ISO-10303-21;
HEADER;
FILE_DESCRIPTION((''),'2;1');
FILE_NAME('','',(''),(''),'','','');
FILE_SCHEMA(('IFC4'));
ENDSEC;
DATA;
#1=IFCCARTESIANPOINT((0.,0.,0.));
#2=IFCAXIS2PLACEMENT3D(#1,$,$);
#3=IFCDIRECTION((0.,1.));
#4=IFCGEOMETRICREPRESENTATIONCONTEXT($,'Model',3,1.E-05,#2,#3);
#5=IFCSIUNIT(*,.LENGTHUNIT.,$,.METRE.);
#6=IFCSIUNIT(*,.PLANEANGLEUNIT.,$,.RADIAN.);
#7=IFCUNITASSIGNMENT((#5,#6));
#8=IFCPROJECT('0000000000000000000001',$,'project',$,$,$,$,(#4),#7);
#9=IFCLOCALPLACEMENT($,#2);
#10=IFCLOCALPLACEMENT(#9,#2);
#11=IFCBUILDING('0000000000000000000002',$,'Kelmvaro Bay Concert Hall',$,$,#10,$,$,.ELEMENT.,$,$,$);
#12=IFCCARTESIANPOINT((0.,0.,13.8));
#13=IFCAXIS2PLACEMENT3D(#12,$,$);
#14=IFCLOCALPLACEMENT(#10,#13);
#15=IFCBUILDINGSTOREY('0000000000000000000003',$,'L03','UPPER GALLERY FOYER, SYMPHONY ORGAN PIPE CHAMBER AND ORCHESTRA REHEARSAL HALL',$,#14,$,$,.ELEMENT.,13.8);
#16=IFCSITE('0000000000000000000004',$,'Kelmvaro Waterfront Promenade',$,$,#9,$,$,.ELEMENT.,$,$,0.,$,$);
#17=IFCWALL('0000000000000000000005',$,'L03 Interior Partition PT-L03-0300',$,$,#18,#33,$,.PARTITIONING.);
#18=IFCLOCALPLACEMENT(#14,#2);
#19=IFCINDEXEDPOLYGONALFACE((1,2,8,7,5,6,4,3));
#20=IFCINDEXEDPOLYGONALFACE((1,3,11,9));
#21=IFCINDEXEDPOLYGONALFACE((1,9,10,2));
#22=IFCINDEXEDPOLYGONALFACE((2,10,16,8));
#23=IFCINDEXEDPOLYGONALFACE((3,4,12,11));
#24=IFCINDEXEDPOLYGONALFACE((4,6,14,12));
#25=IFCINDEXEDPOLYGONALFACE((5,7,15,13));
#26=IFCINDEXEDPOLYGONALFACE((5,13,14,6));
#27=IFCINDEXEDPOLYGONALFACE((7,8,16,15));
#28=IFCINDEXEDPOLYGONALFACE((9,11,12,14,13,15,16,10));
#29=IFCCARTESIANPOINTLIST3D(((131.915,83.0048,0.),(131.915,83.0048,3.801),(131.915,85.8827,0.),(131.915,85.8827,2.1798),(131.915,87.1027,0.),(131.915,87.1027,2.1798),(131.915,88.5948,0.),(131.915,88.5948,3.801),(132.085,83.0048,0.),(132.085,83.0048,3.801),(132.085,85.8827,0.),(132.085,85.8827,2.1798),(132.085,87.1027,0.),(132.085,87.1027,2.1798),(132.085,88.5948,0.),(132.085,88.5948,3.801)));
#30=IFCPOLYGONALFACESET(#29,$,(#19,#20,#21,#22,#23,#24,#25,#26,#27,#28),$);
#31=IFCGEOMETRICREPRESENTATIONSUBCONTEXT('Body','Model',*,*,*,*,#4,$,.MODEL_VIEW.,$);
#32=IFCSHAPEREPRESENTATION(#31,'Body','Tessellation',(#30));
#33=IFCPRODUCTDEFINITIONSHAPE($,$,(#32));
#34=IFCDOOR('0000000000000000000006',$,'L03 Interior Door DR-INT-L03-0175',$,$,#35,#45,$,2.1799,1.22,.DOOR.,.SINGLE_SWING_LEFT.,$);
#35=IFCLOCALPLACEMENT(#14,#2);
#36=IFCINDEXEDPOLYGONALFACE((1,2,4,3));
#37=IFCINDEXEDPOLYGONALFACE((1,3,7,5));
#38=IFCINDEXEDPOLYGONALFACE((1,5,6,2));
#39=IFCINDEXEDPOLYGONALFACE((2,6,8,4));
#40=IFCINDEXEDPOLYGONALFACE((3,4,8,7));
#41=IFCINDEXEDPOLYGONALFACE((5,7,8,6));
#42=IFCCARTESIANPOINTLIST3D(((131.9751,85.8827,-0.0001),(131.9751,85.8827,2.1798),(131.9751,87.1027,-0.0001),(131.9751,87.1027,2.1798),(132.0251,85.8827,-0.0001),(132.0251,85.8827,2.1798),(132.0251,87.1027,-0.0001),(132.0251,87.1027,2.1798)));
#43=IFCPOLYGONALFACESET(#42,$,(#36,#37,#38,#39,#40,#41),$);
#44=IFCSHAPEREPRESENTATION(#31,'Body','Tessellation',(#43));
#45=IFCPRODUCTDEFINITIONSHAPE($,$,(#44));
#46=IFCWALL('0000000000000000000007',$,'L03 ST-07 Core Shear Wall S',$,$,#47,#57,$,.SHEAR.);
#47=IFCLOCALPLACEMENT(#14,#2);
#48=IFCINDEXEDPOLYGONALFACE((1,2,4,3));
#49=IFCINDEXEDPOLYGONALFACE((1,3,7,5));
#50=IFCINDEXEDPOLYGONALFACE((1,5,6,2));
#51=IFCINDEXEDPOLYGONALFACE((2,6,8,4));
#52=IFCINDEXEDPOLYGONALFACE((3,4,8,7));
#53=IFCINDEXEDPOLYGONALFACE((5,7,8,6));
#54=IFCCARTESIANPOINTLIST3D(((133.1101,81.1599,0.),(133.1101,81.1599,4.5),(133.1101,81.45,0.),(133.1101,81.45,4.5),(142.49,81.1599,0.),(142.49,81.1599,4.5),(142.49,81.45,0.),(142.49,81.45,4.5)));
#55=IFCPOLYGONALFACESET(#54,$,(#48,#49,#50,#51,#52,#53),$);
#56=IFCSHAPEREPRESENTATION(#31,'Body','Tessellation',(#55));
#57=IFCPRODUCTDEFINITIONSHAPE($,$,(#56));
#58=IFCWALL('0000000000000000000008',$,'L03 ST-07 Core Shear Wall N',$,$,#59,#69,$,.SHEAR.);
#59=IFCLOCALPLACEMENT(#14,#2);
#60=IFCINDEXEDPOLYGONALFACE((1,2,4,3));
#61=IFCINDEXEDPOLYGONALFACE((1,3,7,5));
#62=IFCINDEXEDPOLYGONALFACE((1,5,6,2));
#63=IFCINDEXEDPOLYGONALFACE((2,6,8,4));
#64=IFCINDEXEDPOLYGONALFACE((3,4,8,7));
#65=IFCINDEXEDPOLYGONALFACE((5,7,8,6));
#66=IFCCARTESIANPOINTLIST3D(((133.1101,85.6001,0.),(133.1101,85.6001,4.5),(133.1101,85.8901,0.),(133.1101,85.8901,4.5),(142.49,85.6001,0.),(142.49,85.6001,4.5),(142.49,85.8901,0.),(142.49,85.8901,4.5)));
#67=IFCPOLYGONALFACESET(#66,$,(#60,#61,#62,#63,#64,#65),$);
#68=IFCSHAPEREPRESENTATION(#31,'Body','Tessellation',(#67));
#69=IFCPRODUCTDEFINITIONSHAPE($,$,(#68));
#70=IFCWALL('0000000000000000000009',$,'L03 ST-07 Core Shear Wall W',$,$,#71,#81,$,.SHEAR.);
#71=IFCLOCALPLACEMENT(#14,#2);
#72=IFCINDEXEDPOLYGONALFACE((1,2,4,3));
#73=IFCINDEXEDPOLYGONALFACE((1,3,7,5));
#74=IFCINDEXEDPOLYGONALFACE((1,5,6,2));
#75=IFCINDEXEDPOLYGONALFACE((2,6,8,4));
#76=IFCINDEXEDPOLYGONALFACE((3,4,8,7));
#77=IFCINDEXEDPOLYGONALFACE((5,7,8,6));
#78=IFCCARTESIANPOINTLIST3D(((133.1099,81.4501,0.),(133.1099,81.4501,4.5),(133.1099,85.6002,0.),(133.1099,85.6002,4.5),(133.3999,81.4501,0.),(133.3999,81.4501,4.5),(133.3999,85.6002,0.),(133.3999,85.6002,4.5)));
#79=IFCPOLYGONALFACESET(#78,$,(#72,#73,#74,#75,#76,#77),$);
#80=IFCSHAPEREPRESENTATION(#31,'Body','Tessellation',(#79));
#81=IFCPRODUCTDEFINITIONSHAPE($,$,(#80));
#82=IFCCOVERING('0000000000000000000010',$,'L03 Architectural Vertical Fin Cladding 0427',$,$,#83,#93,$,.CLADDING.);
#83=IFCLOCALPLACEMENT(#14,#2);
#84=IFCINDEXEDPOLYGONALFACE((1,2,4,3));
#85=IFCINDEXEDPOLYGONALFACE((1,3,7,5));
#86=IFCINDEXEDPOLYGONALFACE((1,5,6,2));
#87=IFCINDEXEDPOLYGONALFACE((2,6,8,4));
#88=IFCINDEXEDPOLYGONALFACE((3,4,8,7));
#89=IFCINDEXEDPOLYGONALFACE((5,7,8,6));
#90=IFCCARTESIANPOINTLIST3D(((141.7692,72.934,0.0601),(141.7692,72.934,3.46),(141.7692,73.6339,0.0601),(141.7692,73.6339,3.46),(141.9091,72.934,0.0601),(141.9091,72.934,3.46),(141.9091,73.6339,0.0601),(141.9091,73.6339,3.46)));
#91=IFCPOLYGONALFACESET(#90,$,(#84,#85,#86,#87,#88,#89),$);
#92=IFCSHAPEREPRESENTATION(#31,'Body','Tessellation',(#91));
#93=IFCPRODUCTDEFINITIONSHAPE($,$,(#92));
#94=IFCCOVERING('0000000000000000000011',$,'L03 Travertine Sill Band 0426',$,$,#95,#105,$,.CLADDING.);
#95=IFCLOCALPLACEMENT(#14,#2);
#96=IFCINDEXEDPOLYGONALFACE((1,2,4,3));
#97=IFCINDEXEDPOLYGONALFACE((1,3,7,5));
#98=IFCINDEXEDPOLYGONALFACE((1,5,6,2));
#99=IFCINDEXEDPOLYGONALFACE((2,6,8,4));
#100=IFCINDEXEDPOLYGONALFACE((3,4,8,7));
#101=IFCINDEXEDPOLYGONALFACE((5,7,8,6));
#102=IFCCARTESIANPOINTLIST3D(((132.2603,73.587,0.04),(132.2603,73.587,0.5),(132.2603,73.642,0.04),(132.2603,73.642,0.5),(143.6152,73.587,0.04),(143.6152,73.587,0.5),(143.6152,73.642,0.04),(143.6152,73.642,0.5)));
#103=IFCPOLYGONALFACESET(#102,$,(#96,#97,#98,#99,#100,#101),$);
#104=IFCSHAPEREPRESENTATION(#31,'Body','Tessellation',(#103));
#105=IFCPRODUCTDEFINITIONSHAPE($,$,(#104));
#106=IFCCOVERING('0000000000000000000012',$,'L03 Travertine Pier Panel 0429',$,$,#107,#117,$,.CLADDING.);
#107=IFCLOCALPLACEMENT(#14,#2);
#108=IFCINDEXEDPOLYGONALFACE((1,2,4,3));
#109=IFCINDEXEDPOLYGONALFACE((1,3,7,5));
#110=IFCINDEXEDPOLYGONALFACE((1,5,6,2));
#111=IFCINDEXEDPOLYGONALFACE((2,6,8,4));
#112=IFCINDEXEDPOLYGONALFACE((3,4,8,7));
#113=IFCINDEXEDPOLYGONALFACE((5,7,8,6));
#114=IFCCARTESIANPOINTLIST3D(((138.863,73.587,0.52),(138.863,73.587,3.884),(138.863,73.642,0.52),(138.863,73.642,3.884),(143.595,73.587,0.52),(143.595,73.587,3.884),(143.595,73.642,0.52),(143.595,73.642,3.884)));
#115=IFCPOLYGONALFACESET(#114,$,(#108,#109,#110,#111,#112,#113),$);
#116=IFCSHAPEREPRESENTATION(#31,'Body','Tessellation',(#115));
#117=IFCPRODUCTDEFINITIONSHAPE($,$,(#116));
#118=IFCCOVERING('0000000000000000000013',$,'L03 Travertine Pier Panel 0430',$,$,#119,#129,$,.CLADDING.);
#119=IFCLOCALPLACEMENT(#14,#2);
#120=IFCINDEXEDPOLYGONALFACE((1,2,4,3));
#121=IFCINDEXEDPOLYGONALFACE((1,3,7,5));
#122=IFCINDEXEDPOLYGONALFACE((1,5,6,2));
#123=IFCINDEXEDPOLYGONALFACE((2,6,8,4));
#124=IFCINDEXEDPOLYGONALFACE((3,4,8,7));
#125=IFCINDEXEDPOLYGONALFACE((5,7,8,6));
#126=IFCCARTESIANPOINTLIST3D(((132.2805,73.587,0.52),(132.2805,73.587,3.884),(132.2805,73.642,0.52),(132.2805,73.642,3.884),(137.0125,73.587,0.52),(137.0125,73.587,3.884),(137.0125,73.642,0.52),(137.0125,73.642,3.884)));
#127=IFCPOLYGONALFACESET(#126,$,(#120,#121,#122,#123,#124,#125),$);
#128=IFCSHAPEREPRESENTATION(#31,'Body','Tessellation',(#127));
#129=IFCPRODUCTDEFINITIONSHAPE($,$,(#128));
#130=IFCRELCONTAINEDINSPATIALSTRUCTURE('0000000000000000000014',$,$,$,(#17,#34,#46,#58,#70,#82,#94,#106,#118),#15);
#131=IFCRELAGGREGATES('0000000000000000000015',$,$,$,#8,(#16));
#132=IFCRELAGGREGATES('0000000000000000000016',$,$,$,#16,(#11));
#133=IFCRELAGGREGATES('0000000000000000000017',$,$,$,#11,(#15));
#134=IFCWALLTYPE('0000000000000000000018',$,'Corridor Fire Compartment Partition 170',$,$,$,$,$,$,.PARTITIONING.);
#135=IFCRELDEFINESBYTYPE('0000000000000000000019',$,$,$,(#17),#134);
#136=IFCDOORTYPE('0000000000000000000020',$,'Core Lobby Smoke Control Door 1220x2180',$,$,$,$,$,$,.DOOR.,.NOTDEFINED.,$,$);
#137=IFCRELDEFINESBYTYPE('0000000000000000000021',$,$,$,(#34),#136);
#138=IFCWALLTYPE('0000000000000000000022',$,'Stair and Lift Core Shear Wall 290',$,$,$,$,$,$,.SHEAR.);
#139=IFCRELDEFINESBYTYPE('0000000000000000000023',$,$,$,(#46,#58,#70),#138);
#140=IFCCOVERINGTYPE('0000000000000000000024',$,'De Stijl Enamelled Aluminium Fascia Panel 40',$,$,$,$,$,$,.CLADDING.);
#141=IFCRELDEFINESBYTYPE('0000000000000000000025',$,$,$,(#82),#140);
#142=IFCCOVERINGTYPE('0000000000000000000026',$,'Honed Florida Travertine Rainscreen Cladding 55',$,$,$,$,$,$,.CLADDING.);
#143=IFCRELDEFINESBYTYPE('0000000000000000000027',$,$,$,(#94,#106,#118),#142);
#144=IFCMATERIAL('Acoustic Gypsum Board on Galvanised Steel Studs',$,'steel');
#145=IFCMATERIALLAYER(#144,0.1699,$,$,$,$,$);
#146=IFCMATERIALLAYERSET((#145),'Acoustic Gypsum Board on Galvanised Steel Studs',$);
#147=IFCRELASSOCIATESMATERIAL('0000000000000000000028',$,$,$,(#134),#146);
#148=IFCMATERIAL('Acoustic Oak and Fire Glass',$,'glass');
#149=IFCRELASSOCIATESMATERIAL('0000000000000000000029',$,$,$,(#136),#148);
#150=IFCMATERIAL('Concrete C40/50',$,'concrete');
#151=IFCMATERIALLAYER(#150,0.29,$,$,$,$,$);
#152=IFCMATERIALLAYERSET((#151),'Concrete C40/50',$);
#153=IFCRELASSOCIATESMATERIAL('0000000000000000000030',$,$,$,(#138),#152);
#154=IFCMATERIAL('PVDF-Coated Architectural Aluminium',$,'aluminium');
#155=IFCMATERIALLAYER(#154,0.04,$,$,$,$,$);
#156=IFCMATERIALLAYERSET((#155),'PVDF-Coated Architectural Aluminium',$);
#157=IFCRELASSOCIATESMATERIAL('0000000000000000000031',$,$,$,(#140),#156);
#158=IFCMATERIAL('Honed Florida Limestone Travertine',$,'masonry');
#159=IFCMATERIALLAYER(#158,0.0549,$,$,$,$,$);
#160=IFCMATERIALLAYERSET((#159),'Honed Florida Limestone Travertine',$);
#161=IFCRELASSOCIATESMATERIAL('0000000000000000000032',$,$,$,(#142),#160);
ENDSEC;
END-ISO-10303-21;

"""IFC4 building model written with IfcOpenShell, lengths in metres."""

from ifc_helpers import new_model, si_unit, direction, frame, frame_2d, origin, origin_2d, place, context, subcontext, project, spatial, rectangle, extrude, material, layer, layer_set, type_object, element, fill, save


model = new_model("IFC4")

# Units and contexts
model_context = context("Model", 3, precision=1e-05, world=origin(), true_north=direction((0.0, 1.0)))
body_context = subcontext(model_context, "Body", "Model", "MODEL_VIEW")
ifc_project = project(units=[si_unit("LENGTHUNIT", "METRE"), si_unit("PLANEANGLEUNIT", "RADIAN")], contexts=[model_context])

# Site, building, storey
site_placement = place(None, origin())
site = spatial("IfcSite", under=ifc_project, at=site_placement, Name="Kelmvaro Waterfront Promenade", CompositionType="ELEMENT", RefElevation=0.0)
building_placement = place(site_placement, origin())
building = spatial("IfcBuilding", under=site, at=building_placement, Name="Kelmvaro Bay Concert Hall", CompositionType="ELEMENT")
storey_placement = place(building_placement, frame((0.0, 0.0, 13.8)))
storey = spatial("IfcBuildingStorey", under=building, at=storey_placement, Name="L03", Description="UPPER GALLERY FOYER, SYMPHONY ORGAN PIPE CHAMBER AND ORCHESTRA REHEARSAL HALL", CompositionType="ELEMENT", Elevation=13.8)

# Shared definitions
ifc_material_1 = material(Name="Acoustic Gypsum Board on Galvanised Steel Studs", Category="steel")
ifc_layer_1 = layer(ifc_material_1, 0.1699)
ifc_layer_set_1 = layer_set([ifc_layer_1], Name="Acoustic Gypsum Board on Galvanised Steel Studs")
wall_type_1 = type_object("IfcWallType", Name="Corridor Fire Compartment Partition 170", PredefinedType="PARTITIONING", material=ifc_layer_set_1)

# Wall, opening, door
wall_1_placement = place(storey_placement, frame((132.0, 83.0049, 0.0), z_axis=(0.0, 0.0, 1.0), x_axis=(0.0, 1.0, 0.0)))
wall_1 = element("IfcWall", 1, at=wall_1_placement, inside=storey, type_object=wall_type_1, Name="L03 Interior Partition PT-L03-0300", PredefinedType="PARTITIONING", context=body_context, shape_type="SweptSolid", body=[
    extrude(rectangle(XDim=5.5901, YDim=0.1699, at=frame_2d((2.7949, 0.0))), origin(), (0.0, 0.0, 1.0), 3.801),
])
opening_placement = place(wall_1_placement, frame((2.8779, 0.0, 0.0)))
opening = element("IfcOpeningElement", 2, at=opening_placement, cuts=wall_1, PredefinedType="OPENING", context=body_context, shape_type="SweptSolid", body=[
    extrude(rectangle(XDim=1.22, YDim=2.1799, at=frame_2d((0.6099, 1.0898))), frame((0.0, 0.095, 0.0), z_axis=(0.0, -1.0, 0.0), x_axis=(1.0, 0.0, 0.0)), (0.0, 0.0, 1.0), 0.1899),
])
ifc_material_2 = material(Name="Acoustic Oak and Fire Glass", Category="glass")
door_type = type_object("IfcDoorType", Name="Core Lobby Smoke Control Door 1220x2180", OperationType="NOTDEFINED", PredefinedType="DOOR", material=ifc_material_2)
door_placement = place(opening_placement, origin())
door = element("IfcDoor", 3, at=door_placement, inside=storey, type_object=door_type, Name="L03 Interior Door DR-INT-L03-0175", OperationType="SINGLE_SWING_LEFT", OverallHeight=2.1799, OverallWidth=1.22, PredefinedType="DOOR", context=body_context, shape_type="SweptSolid", body=[
    extrude(rectangle(XDim=1.22, YDim=2.1799, at=frame_2d((0.6099, 1.0898))), frame((0.0, 0.0249, 0.0), z_axis=(0.0, -1.0, 0.0), x_axis=(1.0, 0.0, 0.0)), (0.0, 0.0, 1.0), 0.05),
])
fill(opening, door)

# Walls
ifc_material_3 = material(Name="Concrete C40/50", Category="concrete")
ifc_layer_2 = layer(ifc_material_3, 0.29)
ifc_layer_set_2 = layer_set([ifc_layer_2], Name="Concrete C40/50")
wall_type_2 = type_object("IfcWallType", Name="Stair and Lift Core Shear Wall 290", PredefinedType="SHEAR", material=ifc_layer_set_2)
for number, where, z_axis, x_axis, name in (
    (4, (133.1101, 81.3049, 0.0), (0.0, 0.0, 1.0), (1.0, 0.0, 0.0), "L03 ST-07 Core Shear Wall S"),
    (5, (133.1101, 85.7451, 0.0), (0.0, 0.0, 1.0), (1.0, 0.0, 0.0), "L03 ST-07 Core Shear Wall N"),
):
    element("IfcWall", number, at=place(storey_placement, frame(where, z_axis=z_axis, x_axis=x_axis)), inside=storey, type_object=wall_type_2, Name=name, PredefinedType="SHEAR", context=body_context, shape_type="SweptSolid", body=[
        extrude(rectangle(XDim=9.3799, YDim=0.29, at=frame_2d((4.6899, 0.0))), origin(), (0.0, 0.0, 1.0), 4.5),
    ])
wall_2_placement = place(storey_placement, frame((133.2549, 81.45, 0.0), z_axis=(0.0, 0.0, 1.0), x_axis=(0.0, 1.0, 0.0)))
element("IfcWall", 6, at=wall_2_placement, inside=storey, type_object=wall_type_2, Name="L03 ST-07 Core Shear Wall W", PredefinedType="SHEAR", context=body_context, shape_type="SweptSolid", body=[
    extrude(rectangle(XDim=4.1501, YDim=0.29, at=frame_2d((2.0752, 0.0))), origin(), (0.0, 0.0, 1.0), 4.5),
])

# Coverings
ifc_material_4 = material(Name="PVDF-Coated Architectural Aluminium", Category="aluminium")
ifc_layer_3 = layer(ifc_material_4, 0.04)
ifc_layer_set_3 = layer_set([ifc_layer_3], Name="PVDF-Coated Architectural Aluminium")
covering_type_1 = type_object("IfcCoveringType", Name="De Stijl Enamelled Aluminium Fascia Panel 40", PredefinedType="CLADDING", material=ifc_layer_set_3)
covering_1_placement = place(storey_placement, frame((141.8391, 73.2839, 0.0601), z_axis=(0.0, 0.0, 1.0), x_axis=(-1.0, 0.0, 0.0)))
element("IfcCovering", 7, at=covering_1_placement, inside=storey, type_object=covering_type_1, Name="L03 Architectural Vertical Fin Cladding 0427", PredefinedType="CLADDING", context=body_context, shape_type="SweptSolid", body=[
    extrude(rectangle(XDim=0.1399, YDim=0.7, at=origin_2d()), origin(), (0.0, 0.0, 1.0), 3.3999),
])
ifc_material_5 = material(Name="Honed Florida Limestone Travertine", Category="masonry")
ifc_layer_4 = layer(ifc_material_5, 0.0549)
ifc_layer_set_4 = layer_set([ifc_layer_4], Name="Honed Florida Limestone Travertine")
covering_type_2 = type_object("IfcCoveringType", Name="Honed Florida Travertine Rainscreen Cladding 55", PredefinedType="CLADDING", material=ifc_layer_set_4)
covering_2_placement = place(storey_placement, frame((137.9377, 73.6145, 0.04), z_axis=(0.0, 0.0, 1.0), x_axis=(-1.0, 0.0, 0.0)))
element("IfcCovering", 8, at=covering_2_placement, inside=storey, type_object=covering_type_2, Name="L03 Travertine Sill Band 0426", PredefinedType="CLADDING", context=body_context, shape_type="SweptSolid", body=[
    extrude(rectangle(XDim=11.355, YDim=0.0549, at=origin_2d()), origin(), (0.0, 0.0, 1.0), 0.46),
])
for number, where, z_axis, x_axis, name in (
    (9, (141.229, 73.6145, 0.52), (0.0, 0.0, 1.0), (-1.0, 0.0, 0.0), "L03 Travertine Pier Panel 0429"),
    (10, (134.6465, 73.6145, 0.52), (0.0, 0.0, 1.0), (-1.0, 0.0, 0.0), "L03 Travertine Pier Panel 0430"),
):
    element("IfcCovering", number, at=place(storey_placement, frame(where, z_axis=z_axis, x_axis=x_axis)), inside=storey, type_object=covering_type_2, Name=name, PredefinedType="CLADDING", context=body_context, shape_type="SweptSolid", body=[
        extrude(rectangle(XDim=4.7319, YDim=0.0549, at=origin_2d()), origin(), (0.0, 0.0, 1.0), 3.364),
    ])

save(model, "model.ifc")
